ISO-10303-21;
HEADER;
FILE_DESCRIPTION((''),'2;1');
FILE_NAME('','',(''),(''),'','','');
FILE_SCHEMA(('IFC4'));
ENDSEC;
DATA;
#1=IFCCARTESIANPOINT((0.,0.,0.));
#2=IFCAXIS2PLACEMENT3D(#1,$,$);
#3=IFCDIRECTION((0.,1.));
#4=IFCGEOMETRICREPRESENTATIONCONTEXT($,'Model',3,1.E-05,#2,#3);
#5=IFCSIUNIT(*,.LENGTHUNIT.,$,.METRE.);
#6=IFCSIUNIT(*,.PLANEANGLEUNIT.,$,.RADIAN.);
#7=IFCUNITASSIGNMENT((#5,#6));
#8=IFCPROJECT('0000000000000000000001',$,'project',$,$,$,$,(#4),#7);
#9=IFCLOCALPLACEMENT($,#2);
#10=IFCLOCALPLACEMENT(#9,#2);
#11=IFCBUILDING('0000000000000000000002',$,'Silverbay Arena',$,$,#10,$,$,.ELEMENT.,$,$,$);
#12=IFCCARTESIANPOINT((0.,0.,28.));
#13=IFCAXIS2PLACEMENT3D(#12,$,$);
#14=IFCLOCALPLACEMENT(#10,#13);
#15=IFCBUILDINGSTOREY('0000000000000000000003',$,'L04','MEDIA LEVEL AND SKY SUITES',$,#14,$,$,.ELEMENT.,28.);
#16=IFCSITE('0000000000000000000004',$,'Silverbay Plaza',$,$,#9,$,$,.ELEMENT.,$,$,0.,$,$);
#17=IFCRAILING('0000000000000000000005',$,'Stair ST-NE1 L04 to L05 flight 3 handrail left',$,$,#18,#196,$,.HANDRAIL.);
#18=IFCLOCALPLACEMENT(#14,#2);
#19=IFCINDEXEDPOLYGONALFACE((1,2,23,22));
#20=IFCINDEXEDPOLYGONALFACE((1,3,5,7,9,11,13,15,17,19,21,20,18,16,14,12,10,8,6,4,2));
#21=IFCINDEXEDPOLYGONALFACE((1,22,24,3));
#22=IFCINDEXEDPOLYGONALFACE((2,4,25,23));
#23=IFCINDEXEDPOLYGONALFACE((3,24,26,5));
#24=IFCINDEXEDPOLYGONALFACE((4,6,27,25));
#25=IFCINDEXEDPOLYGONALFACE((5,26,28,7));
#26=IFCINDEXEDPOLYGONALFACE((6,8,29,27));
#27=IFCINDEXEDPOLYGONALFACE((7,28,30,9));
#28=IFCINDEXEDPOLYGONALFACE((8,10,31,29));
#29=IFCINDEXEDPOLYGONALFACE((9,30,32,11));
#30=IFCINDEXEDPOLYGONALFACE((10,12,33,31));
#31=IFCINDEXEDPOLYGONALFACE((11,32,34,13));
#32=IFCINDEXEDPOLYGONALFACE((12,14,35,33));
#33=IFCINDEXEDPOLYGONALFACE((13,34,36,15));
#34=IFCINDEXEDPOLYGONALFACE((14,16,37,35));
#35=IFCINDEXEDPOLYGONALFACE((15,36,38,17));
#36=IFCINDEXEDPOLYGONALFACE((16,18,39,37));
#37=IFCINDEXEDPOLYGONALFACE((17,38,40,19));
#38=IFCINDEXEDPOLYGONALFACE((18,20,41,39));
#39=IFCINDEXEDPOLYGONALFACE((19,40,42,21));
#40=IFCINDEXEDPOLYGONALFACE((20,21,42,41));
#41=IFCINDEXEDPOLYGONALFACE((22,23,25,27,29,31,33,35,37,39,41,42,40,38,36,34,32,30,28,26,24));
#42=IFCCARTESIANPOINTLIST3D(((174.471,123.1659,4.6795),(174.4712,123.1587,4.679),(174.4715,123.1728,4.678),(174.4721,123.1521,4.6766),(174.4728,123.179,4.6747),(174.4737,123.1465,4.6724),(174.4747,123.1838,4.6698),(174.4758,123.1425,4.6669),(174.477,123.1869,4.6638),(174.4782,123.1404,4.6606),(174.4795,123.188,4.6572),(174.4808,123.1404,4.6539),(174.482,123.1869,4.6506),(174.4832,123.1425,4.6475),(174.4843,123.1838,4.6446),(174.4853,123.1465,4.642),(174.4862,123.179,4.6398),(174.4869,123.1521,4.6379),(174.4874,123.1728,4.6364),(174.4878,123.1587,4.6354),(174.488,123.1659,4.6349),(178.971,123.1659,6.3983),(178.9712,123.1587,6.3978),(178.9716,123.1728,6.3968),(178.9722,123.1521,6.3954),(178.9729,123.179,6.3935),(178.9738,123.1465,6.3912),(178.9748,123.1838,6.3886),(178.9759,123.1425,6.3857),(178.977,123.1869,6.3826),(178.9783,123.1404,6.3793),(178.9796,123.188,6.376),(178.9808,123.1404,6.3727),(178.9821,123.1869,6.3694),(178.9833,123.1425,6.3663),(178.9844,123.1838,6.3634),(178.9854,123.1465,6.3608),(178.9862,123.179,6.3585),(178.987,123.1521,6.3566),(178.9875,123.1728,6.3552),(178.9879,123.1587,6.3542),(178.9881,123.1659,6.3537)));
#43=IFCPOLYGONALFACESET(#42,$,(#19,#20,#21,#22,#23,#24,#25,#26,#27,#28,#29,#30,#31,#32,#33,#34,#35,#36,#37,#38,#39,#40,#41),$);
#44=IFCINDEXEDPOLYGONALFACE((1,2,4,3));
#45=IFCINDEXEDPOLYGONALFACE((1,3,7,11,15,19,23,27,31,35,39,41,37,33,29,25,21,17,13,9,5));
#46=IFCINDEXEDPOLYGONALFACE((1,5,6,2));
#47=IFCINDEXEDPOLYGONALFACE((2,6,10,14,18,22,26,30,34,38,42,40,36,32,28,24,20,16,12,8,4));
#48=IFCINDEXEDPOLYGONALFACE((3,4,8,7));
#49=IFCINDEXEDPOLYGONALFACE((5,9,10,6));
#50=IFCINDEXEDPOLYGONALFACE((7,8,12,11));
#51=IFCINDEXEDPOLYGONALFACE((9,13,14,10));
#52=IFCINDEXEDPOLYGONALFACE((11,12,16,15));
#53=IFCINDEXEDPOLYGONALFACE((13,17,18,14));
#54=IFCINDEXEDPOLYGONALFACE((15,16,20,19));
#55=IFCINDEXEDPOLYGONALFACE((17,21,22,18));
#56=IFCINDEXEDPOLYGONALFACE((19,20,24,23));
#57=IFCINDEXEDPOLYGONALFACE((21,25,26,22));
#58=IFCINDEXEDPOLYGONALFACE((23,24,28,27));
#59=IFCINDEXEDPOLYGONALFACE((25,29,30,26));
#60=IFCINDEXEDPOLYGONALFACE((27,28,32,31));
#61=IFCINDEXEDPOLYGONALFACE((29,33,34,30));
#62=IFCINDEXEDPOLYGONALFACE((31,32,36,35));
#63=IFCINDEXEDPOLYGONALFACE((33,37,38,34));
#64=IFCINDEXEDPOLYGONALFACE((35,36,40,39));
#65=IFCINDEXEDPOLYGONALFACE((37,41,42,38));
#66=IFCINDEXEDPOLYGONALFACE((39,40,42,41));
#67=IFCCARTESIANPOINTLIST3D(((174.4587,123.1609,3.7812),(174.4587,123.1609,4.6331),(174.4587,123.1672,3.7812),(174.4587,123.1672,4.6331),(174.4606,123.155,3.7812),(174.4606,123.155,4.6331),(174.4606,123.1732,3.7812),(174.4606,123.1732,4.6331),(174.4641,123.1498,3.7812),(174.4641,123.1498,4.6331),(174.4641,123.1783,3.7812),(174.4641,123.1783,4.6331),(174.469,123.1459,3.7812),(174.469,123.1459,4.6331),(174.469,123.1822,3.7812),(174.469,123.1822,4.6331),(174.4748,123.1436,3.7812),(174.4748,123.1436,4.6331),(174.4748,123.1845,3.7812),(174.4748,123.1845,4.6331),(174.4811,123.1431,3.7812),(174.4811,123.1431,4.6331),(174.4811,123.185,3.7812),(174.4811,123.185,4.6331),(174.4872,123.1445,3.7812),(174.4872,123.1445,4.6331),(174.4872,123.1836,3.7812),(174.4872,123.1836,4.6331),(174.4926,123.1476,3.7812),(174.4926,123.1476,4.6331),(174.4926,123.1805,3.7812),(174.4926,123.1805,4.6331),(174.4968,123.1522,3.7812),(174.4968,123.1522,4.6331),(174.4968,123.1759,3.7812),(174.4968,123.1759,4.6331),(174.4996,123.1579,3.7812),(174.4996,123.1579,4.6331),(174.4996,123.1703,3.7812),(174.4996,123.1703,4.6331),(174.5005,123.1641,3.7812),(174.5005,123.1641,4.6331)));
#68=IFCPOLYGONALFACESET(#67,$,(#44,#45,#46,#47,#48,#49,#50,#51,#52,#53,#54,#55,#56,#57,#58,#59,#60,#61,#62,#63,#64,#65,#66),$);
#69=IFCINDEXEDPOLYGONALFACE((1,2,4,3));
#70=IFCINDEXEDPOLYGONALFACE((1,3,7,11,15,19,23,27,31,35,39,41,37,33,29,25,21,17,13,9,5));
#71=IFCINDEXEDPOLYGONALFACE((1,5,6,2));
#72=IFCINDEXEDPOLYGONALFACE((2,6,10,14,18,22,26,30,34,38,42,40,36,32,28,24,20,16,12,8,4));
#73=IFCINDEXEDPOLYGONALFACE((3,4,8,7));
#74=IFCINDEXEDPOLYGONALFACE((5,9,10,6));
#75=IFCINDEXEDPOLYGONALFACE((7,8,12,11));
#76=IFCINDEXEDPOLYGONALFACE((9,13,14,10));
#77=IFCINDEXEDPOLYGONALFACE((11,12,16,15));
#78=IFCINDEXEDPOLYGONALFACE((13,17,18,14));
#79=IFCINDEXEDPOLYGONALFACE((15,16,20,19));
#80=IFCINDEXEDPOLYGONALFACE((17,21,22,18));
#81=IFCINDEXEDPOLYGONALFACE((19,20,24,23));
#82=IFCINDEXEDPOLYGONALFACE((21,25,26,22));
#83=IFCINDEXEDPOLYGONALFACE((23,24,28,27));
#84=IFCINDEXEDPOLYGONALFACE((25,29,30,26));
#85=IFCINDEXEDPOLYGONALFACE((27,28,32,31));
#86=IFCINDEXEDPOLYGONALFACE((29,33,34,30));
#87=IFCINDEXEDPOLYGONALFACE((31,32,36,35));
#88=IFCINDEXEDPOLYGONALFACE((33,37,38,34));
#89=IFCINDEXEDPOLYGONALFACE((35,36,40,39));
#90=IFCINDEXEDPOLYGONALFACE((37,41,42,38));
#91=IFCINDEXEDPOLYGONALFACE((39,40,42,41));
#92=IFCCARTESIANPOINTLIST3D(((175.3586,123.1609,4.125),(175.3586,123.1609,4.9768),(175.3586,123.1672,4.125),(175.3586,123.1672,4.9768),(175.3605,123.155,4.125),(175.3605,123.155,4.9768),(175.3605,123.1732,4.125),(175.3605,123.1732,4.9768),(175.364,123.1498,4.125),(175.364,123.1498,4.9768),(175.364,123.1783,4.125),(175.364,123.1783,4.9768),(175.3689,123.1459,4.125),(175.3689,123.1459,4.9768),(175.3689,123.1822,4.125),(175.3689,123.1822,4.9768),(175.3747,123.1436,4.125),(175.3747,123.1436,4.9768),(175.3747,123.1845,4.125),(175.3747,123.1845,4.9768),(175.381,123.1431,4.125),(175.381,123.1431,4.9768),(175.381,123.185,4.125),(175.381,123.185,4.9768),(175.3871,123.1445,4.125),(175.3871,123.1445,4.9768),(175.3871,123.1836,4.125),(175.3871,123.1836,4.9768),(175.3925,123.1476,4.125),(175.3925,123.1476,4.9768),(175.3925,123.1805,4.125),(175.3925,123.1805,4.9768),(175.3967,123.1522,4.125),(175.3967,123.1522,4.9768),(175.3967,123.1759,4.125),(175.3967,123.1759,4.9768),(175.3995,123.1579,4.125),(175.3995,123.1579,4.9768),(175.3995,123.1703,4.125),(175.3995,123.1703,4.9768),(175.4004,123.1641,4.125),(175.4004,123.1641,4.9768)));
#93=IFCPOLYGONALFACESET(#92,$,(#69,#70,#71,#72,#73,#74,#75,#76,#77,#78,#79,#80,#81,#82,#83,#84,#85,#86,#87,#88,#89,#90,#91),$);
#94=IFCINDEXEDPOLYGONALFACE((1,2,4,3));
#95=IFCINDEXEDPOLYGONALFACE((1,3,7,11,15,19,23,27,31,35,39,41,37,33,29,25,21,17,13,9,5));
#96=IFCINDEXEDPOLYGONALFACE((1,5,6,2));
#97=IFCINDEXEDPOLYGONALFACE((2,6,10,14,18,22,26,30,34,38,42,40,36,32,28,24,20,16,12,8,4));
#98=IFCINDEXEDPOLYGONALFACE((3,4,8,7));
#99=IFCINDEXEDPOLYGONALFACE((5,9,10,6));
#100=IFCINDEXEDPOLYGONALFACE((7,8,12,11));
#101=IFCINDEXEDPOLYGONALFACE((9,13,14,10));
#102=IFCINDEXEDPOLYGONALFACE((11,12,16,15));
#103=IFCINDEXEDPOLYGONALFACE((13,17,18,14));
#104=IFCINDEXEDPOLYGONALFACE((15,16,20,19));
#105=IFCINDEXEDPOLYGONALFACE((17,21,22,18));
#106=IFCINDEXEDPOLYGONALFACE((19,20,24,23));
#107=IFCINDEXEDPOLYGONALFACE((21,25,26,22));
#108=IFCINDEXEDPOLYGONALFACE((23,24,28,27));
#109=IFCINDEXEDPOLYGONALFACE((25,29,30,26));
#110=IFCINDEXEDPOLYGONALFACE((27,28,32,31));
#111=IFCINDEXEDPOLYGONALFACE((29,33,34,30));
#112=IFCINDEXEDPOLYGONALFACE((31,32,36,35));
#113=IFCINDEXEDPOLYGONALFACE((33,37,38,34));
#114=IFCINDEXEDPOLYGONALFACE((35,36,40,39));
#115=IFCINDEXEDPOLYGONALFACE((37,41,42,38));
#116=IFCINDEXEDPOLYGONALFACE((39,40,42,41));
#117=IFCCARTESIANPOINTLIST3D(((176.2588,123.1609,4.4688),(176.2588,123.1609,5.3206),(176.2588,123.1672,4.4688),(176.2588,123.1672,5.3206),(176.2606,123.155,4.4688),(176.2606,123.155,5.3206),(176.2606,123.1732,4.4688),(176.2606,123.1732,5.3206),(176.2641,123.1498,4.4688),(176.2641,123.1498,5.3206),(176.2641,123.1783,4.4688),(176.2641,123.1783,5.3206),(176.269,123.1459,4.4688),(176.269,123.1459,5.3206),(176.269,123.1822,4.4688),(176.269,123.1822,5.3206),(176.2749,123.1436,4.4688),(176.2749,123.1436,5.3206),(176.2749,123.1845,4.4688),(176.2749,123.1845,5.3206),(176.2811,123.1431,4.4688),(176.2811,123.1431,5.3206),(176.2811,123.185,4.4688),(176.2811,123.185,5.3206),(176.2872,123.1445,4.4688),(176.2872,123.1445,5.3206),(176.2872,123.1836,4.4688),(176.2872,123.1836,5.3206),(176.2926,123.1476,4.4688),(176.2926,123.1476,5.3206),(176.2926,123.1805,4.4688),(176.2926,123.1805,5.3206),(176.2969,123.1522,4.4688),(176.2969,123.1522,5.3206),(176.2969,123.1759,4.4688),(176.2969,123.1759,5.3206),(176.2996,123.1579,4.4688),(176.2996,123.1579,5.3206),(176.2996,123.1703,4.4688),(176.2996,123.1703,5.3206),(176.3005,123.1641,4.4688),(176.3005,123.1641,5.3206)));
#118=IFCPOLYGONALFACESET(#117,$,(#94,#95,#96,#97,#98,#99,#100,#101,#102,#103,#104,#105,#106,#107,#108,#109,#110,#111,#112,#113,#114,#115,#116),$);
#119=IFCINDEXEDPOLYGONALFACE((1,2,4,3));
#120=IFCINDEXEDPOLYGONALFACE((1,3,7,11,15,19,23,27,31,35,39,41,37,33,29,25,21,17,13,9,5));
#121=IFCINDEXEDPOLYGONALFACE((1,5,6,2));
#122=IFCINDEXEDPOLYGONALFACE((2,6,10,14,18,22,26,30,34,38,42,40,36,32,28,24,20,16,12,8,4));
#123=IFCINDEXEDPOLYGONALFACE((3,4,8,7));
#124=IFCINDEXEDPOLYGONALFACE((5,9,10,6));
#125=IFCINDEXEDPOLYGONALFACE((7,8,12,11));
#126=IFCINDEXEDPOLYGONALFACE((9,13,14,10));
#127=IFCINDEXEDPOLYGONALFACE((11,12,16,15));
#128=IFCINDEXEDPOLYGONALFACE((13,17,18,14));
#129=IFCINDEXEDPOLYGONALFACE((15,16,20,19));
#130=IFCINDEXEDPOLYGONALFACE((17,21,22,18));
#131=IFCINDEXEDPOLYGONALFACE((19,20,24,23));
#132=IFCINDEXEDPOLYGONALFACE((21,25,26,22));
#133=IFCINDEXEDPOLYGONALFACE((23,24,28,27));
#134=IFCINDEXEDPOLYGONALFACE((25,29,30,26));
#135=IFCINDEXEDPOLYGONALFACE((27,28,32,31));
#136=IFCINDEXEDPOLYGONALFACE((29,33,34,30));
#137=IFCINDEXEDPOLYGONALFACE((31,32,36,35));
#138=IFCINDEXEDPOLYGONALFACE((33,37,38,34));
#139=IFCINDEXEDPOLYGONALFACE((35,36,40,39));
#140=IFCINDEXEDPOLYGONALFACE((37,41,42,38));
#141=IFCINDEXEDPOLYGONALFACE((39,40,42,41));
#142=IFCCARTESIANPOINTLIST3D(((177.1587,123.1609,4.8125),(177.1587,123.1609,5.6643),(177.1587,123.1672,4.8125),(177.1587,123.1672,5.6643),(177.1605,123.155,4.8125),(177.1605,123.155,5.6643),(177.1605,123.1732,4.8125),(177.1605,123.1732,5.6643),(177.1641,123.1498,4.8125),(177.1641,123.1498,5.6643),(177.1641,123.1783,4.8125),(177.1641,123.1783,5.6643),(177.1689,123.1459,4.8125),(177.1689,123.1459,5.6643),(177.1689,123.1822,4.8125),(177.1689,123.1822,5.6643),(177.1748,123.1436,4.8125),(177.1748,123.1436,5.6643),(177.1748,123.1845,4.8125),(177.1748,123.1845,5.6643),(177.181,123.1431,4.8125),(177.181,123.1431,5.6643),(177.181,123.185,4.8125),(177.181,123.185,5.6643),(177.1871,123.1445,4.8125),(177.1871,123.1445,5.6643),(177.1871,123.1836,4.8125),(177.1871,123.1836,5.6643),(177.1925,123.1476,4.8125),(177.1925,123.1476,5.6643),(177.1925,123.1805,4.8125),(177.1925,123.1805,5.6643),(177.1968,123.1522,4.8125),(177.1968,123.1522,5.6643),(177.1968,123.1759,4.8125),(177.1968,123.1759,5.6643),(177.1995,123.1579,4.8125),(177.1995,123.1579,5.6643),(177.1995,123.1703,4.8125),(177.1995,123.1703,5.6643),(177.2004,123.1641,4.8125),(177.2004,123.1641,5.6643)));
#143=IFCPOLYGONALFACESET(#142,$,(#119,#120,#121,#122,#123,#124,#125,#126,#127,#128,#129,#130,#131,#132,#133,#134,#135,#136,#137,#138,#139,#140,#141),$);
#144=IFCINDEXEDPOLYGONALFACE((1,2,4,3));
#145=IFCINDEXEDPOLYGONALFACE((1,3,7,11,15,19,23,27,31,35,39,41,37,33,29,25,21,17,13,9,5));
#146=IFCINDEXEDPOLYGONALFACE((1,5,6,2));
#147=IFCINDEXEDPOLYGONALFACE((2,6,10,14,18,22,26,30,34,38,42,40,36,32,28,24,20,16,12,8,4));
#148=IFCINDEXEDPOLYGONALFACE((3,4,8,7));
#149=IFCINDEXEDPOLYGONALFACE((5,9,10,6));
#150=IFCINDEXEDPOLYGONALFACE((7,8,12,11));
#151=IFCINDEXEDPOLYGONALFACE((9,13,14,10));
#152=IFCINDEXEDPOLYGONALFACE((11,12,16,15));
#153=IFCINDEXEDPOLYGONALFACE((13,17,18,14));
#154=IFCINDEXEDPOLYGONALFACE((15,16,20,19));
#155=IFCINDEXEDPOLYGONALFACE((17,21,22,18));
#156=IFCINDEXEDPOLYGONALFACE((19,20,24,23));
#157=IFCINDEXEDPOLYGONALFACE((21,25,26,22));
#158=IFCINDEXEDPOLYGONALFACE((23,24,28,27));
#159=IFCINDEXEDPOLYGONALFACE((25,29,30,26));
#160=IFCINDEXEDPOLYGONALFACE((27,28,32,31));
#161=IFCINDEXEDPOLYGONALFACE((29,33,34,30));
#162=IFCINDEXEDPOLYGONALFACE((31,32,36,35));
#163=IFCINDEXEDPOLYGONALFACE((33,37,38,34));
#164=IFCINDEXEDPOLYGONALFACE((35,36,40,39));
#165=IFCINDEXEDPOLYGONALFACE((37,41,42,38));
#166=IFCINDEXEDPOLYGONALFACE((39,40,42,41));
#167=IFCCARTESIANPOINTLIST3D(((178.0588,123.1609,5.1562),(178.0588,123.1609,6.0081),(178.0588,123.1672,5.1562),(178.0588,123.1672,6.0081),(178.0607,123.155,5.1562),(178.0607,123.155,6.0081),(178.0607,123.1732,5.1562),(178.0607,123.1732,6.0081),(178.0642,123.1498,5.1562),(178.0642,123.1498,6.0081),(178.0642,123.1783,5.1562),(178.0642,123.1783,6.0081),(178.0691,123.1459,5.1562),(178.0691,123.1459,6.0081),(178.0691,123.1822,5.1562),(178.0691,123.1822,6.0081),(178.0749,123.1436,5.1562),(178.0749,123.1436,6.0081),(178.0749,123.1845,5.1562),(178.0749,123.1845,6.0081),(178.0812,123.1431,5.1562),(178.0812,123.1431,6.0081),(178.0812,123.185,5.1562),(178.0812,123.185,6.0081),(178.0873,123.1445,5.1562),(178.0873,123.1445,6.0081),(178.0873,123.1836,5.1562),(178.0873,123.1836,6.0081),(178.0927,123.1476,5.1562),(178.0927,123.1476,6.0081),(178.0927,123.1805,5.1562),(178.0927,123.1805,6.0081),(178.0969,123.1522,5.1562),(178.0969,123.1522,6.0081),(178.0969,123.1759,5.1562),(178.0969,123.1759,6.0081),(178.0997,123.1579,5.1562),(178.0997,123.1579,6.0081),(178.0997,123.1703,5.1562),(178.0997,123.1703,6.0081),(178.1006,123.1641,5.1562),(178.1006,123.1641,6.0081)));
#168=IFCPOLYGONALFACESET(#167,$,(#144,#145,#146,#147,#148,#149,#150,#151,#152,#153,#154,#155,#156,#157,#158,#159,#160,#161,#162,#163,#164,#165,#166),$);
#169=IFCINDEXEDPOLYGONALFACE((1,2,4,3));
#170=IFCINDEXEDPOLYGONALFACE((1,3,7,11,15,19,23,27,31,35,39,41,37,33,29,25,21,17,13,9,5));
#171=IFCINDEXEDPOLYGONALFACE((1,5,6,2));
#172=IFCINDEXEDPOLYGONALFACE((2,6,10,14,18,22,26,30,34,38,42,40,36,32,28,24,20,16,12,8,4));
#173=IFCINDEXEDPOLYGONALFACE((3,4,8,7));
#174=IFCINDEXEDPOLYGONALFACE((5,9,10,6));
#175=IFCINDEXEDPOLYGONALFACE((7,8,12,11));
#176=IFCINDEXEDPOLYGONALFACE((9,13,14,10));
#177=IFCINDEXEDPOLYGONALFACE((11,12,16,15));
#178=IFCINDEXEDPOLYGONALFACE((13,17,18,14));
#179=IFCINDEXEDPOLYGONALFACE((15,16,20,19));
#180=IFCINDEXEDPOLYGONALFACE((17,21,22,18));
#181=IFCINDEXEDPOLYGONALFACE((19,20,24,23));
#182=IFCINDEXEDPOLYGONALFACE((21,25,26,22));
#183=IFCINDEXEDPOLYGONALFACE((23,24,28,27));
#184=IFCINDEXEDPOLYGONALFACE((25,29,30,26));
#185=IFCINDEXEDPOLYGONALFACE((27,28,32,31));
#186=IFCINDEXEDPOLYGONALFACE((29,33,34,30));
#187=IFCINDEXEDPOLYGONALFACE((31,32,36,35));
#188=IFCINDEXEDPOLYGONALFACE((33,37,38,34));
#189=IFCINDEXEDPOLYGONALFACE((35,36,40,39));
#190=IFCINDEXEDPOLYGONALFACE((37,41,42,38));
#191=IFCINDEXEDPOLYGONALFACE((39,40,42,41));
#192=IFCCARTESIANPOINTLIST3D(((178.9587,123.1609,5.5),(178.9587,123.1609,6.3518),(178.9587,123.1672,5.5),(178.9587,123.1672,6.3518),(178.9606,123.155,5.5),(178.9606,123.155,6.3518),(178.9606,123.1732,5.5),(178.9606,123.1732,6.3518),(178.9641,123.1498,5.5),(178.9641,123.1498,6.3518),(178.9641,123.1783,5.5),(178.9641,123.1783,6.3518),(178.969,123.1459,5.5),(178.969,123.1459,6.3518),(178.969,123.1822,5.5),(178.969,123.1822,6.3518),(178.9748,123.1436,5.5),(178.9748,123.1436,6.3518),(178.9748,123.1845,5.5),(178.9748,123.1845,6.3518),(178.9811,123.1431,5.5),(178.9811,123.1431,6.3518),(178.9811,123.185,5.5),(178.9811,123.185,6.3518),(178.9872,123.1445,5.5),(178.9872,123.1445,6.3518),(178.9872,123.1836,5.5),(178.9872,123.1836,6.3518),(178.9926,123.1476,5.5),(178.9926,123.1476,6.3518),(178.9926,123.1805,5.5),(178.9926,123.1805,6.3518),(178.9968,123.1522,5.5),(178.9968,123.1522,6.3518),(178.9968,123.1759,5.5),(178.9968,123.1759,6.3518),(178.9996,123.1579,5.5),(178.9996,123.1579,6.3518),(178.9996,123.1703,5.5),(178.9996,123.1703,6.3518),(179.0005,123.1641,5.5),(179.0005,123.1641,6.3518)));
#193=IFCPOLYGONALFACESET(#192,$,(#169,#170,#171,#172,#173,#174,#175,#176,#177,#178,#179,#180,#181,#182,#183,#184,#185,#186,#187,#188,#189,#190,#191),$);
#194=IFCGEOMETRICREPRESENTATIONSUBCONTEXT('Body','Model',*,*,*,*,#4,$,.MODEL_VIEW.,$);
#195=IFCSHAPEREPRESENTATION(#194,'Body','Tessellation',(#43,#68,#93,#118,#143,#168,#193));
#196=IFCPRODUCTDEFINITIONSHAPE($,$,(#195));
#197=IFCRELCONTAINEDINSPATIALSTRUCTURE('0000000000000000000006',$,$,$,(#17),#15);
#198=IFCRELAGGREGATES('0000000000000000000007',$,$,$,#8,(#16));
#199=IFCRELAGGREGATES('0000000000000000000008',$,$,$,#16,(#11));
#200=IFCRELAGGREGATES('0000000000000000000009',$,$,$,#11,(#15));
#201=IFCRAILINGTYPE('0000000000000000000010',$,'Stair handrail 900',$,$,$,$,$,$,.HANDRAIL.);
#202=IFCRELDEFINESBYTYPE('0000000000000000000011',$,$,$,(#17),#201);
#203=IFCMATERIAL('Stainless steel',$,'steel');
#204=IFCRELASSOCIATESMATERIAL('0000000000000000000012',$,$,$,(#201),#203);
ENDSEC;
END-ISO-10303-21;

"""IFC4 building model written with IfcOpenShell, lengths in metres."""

from ifc_helpers import new_model, si_unit, direction, frame, origin, origin_2d, place, context, subcontext, project, spatial, circle, extrude, material, type_object, element, save


model = new_model("IFC4")

# Units and contexts
model_context = context("Model", 3, precision=1e-05, world=origin(), true_north=direction((0.0, 1.0)))
body_context = subcontext(model_context, "Body", "Model", "MODEL_VIEW")
ifc_project = project(units=[si_unit("LENGTHUNIT", "METRE"), si_unit("PLANEANGLEUNIT", "RADIAN")], contexts=[model_context])

# Site, building, storey
site_placement = place(None, origin())
site = spatial("IfcSite", under=ifc_project, at=site_placement, Name="Silverbay Plaza", CompositionType="ELEMENT", RefElevation=0.0)
building_placement = place(site_placement, origin())
building = spatial("IfcBuilding", under=site, at=building_placement, Name="Silverbay Arena", CompositionType="ELEMENT")
storey_placement = place(building_placement, frame((0.0, 0.0, 28.0)))
storey = spatial("IfcBuildingStorey", under=building, at=storey_placement, Name="L04", Description="MEDIA LEVEL AND SKY SUITES", CompositionType="ELEMENT", Elevation=28.0)

# Railing
ifc_material_1 = material(Name="Stainless steel", Category="steel")
railing_type_1 = type_object("IfcRailingType", Name="Stair handrail 900", PredefinedType="HANDRAIL", material=ifc_material_1)
for number, where, name in (
    (1, (174.4795, 123.1641, 3.7812), "Stair ST-NE1 L04 to L05 flight 3 handrail left"),
):
    element("IfcRailing", number, at=place(storey_placement, frame(where)), inside=storey, type_object=railing_type_1, Name=name, PredefinedType="HANDRAIL", context=body_context, shape_type="SweptSolid", body=[
        extrude(circle(Radius=0.0239, at=origin_2d()), frame((0.0, 0.0, 0.876), z_axis=(0.934179, 0.0, 0.356805), x_axis=(0.0, 1.0, 0.0)), (0.0, 0.0, 1.0), 4.8171),
        extrude(circle(Radius=0.021, at=origin_2d()), origin(), (0.0, 0.0, 1.0), 0.8518),
        extrude(circle(Radius=0.021, at=origin_2d()), frame((0.8999, 0.0, 0.3438)), (0.0, 0.0, 1.0), 0.8518),
        extrude(circle(Radius=0.021, at=origin_2d()), frame((1.8, 0.0, 0.6875)), (0.0, 0.0, 1.0), 0.8518),
        extrude(circle(Radius=0.021, at=origin_2d()), frame((2.7, 0.0, 1.0312)), (0.0, 0.0, 1.0), 0.8518),
        extrude(circle(Radius=0.021, at=origin_2d()), frame((3.6001, 0.0, 1.375)), (0.0, 0.0, 1.0), 0.8518),
        extrude(circle(Radius=0.021, at=origin_2d()), frame((4.5, 0.0, 1.7188)), (0.0, 0.0, 1.0), 0.8518),
    ])

save(model, "model.ifc")
